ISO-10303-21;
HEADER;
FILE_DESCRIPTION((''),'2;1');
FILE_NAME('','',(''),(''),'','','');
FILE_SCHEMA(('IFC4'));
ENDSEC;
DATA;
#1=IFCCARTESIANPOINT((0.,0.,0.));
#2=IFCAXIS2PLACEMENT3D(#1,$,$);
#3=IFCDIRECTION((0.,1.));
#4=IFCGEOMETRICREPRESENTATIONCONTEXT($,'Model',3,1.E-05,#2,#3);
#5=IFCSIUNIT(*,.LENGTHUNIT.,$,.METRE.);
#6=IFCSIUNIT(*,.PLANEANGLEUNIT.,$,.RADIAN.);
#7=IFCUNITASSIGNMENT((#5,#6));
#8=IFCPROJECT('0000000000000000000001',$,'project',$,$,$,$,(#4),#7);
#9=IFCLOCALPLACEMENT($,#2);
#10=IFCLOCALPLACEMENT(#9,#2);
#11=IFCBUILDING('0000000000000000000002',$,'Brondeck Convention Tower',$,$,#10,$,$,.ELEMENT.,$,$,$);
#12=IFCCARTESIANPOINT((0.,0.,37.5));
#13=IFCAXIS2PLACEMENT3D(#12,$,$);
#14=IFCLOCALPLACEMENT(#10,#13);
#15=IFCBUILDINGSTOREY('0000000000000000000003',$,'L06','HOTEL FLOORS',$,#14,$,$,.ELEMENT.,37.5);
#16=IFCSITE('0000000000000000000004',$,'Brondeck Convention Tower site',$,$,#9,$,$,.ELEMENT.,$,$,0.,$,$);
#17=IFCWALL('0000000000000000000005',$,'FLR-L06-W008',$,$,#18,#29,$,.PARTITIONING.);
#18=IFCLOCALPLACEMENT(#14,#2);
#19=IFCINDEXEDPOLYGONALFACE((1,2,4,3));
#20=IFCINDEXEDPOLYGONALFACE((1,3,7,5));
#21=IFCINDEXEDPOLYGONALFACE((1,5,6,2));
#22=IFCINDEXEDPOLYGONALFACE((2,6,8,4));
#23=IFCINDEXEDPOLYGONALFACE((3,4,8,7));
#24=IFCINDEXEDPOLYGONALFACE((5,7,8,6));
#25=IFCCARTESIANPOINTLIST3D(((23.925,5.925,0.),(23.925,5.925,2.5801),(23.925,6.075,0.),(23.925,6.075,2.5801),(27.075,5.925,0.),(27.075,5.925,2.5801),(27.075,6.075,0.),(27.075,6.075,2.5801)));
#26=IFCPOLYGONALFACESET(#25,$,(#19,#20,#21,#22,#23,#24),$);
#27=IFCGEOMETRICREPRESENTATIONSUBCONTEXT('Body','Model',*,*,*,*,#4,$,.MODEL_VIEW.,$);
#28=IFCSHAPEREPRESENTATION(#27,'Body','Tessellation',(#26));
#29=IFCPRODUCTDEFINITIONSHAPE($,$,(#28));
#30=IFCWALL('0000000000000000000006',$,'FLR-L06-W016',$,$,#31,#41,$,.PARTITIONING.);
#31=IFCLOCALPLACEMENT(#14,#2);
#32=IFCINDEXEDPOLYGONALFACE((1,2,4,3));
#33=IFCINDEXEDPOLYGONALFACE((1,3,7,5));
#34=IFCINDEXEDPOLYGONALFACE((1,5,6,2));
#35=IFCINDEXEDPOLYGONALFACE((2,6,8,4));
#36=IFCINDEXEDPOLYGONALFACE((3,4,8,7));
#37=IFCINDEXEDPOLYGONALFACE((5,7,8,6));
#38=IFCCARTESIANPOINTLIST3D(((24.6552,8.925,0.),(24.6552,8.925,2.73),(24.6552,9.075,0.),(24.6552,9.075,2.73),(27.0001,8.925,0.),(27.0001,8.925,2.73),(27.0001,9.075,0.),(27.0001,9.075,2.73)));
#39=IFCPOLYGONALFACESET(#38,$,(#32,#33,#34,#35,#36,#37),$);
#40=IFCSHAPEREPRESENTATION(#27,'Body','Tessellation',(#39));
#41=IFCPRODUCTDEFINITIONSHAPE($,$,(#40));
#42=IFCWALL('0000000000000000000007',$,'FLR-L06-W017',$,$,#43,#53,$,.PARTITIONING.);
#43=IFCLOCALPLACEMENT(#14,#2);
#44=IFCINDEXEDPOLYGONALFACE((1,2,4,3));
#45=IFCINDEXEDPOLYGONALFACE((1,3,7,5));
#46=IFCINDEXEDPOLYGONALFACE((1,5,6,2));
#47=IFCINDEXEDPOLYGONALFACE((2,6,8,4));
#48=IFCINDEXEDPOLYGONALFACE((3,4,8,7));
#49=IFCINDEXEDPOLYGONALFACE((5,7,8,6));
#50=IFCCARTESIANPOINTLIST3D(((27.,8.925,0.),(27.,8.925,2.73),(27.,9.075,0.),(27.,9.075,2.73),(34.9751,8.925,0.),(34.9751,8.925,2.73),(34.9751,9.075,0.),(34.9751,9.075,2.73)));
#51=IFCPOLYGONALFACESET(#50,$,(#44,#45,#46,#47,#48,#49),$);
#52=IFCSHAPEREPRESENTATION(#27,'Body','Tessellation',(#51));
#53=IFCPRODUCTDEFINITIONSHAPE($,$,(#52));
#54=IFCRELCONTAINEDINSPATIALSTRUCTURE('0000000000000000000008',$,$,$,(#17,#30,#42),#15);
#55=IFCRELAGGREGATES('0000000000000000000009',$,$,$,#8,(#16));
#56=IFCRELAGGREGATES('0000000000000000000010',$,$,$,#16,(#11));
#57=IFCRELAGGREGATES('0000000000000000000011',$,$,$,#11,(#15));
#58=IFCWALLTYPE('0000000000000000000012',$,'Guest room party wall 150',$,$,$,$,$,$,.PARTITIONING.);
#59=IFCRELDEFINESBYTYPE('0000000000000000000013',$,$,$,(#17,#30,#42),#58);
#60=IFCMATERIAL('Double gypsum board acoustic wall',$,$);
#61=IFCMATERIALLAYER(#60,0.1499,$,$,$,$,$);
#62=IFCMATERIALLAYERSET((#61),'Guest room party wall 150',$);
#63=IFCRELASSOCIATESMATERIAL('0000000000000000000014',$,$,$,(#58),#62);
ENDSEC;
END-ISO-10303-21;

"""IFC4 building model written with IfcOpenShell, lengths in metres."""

from ifc_helpers import new_model, si_unit, direction, frame, frame_2d, origin, place, context, subcontext, project, spatial, rectangle, extrude, material, layer, layer_set, type_object, element, save


model = new_model("IFC4")

# Units and contexts
model_context = context("Model", 3, precision=1e-05, world=origin(), true_north=direction((0.0, 1.0)))
body_context = subcontext(model_context, "Body", "Model", "MODEL_VIEW")
ifc_project = project(units=[si_unit("LENGTHUNIT", "METRE"), si_unit("PLANEANGLEUNIT", "RADIAN")], contexts=[model_context])

# Site, building, storey
site_placement = place(None, origin())
site = spatial("IfcSite", under=ifc_project, at=site_placement, Name="Brondeck Convention Tower site", CompositionType="ELEMENT", RefElevation=0.0)
building_placement = place(site_placement, origin())
building = spatial("IfcBuilding", under=site, at=building_placement, Name="Brondeck Convention Tower", CompositionType="ELEMENT")
storey_placement = place(building_placement, frame((0.0, 0.0, 37.5)))
storey = spatial("IfcBuildingStorey", under=building, at=storey_placement, Name="L06", Description="HOTEL FLOORS", CompositionType="ELEMENT", Elevation=37.5)

# Walls
ifc_material_1 = material(Name="Double gypsum board acoustic wall")
ifc_layer_1 = layer(ifc_material_1, 0.1499)
ifc_layer_set_1 = layer_set([ifc_layer_1], Name="Guest room party wall 150")
wall_type_1 = type_object("IfcWallType", Name="Guest room party wall 150", PredefinedType="PARTITIONING", material=ifc_layer_set_1)
wall_1_placement = place(storey_placement, frame((27.075, 6.0, 0.0), z_axis=(0.0, 0.0, 1.0), x_axis=(-1.0, 0.0, 0.0)))
element("IfcWall", 1, at=wall_1_placement, inside=storey, type_object=wall_type_1, Name="FLR-L06-W008", PredefinedType="PARTITIONING", context=body_context, shape_type="SweptSolid", body=[
    extrude(rectangle(XDim=3.1499, YDim=0.1499, at=frame_2d((1.575, 0.0))), origin(), (0.0, 0.0, 1.0), 2.5801),
])
wall_2_placement = place(storey_placement, frame((27.0, 9.0, 0.0), z_axis=(0.0, 0.0, 1.0), x_axis=(-1.0, 0.0, 0.0)))
element("IfcWall", 2, at=wall_2_placement, inside=storey, type_object=wall_type_1, Name="FLR-L06-W016", PredefinedType="PARTITIONING", context=body_context, shape_type="SweptSolid", body=[
    extrude(rectangle(XDim=2.345, YDim=0.1499, at=frame_2d((1.1724, 0.0))), origin(), (0.0, 0.0, 1.0), 2.73),
])
wall_3_placement = place(storey_placement, frame((34.9751, 9.0, 0.0), z_axis=(0.0, 0.0, 1.0), x_axis=(-1.0, 0.0, 0.0)))
element("IfcWall", 3, at=wall_3_placement, inside=storey, type_object=wall_type_1, Name="FLR-L06-W017", PredefinedType="PARTITIONING", context=body_context, shape_type="SweptSolid", body=[
    extrude(rectangle(XDim=7.9751, YDim=0.1499, at=frame_2d((3.9875, 0.0))), origin(), (0.0, 0.0, 1.0), 2.73),
])

save(model, "model.ifc")
